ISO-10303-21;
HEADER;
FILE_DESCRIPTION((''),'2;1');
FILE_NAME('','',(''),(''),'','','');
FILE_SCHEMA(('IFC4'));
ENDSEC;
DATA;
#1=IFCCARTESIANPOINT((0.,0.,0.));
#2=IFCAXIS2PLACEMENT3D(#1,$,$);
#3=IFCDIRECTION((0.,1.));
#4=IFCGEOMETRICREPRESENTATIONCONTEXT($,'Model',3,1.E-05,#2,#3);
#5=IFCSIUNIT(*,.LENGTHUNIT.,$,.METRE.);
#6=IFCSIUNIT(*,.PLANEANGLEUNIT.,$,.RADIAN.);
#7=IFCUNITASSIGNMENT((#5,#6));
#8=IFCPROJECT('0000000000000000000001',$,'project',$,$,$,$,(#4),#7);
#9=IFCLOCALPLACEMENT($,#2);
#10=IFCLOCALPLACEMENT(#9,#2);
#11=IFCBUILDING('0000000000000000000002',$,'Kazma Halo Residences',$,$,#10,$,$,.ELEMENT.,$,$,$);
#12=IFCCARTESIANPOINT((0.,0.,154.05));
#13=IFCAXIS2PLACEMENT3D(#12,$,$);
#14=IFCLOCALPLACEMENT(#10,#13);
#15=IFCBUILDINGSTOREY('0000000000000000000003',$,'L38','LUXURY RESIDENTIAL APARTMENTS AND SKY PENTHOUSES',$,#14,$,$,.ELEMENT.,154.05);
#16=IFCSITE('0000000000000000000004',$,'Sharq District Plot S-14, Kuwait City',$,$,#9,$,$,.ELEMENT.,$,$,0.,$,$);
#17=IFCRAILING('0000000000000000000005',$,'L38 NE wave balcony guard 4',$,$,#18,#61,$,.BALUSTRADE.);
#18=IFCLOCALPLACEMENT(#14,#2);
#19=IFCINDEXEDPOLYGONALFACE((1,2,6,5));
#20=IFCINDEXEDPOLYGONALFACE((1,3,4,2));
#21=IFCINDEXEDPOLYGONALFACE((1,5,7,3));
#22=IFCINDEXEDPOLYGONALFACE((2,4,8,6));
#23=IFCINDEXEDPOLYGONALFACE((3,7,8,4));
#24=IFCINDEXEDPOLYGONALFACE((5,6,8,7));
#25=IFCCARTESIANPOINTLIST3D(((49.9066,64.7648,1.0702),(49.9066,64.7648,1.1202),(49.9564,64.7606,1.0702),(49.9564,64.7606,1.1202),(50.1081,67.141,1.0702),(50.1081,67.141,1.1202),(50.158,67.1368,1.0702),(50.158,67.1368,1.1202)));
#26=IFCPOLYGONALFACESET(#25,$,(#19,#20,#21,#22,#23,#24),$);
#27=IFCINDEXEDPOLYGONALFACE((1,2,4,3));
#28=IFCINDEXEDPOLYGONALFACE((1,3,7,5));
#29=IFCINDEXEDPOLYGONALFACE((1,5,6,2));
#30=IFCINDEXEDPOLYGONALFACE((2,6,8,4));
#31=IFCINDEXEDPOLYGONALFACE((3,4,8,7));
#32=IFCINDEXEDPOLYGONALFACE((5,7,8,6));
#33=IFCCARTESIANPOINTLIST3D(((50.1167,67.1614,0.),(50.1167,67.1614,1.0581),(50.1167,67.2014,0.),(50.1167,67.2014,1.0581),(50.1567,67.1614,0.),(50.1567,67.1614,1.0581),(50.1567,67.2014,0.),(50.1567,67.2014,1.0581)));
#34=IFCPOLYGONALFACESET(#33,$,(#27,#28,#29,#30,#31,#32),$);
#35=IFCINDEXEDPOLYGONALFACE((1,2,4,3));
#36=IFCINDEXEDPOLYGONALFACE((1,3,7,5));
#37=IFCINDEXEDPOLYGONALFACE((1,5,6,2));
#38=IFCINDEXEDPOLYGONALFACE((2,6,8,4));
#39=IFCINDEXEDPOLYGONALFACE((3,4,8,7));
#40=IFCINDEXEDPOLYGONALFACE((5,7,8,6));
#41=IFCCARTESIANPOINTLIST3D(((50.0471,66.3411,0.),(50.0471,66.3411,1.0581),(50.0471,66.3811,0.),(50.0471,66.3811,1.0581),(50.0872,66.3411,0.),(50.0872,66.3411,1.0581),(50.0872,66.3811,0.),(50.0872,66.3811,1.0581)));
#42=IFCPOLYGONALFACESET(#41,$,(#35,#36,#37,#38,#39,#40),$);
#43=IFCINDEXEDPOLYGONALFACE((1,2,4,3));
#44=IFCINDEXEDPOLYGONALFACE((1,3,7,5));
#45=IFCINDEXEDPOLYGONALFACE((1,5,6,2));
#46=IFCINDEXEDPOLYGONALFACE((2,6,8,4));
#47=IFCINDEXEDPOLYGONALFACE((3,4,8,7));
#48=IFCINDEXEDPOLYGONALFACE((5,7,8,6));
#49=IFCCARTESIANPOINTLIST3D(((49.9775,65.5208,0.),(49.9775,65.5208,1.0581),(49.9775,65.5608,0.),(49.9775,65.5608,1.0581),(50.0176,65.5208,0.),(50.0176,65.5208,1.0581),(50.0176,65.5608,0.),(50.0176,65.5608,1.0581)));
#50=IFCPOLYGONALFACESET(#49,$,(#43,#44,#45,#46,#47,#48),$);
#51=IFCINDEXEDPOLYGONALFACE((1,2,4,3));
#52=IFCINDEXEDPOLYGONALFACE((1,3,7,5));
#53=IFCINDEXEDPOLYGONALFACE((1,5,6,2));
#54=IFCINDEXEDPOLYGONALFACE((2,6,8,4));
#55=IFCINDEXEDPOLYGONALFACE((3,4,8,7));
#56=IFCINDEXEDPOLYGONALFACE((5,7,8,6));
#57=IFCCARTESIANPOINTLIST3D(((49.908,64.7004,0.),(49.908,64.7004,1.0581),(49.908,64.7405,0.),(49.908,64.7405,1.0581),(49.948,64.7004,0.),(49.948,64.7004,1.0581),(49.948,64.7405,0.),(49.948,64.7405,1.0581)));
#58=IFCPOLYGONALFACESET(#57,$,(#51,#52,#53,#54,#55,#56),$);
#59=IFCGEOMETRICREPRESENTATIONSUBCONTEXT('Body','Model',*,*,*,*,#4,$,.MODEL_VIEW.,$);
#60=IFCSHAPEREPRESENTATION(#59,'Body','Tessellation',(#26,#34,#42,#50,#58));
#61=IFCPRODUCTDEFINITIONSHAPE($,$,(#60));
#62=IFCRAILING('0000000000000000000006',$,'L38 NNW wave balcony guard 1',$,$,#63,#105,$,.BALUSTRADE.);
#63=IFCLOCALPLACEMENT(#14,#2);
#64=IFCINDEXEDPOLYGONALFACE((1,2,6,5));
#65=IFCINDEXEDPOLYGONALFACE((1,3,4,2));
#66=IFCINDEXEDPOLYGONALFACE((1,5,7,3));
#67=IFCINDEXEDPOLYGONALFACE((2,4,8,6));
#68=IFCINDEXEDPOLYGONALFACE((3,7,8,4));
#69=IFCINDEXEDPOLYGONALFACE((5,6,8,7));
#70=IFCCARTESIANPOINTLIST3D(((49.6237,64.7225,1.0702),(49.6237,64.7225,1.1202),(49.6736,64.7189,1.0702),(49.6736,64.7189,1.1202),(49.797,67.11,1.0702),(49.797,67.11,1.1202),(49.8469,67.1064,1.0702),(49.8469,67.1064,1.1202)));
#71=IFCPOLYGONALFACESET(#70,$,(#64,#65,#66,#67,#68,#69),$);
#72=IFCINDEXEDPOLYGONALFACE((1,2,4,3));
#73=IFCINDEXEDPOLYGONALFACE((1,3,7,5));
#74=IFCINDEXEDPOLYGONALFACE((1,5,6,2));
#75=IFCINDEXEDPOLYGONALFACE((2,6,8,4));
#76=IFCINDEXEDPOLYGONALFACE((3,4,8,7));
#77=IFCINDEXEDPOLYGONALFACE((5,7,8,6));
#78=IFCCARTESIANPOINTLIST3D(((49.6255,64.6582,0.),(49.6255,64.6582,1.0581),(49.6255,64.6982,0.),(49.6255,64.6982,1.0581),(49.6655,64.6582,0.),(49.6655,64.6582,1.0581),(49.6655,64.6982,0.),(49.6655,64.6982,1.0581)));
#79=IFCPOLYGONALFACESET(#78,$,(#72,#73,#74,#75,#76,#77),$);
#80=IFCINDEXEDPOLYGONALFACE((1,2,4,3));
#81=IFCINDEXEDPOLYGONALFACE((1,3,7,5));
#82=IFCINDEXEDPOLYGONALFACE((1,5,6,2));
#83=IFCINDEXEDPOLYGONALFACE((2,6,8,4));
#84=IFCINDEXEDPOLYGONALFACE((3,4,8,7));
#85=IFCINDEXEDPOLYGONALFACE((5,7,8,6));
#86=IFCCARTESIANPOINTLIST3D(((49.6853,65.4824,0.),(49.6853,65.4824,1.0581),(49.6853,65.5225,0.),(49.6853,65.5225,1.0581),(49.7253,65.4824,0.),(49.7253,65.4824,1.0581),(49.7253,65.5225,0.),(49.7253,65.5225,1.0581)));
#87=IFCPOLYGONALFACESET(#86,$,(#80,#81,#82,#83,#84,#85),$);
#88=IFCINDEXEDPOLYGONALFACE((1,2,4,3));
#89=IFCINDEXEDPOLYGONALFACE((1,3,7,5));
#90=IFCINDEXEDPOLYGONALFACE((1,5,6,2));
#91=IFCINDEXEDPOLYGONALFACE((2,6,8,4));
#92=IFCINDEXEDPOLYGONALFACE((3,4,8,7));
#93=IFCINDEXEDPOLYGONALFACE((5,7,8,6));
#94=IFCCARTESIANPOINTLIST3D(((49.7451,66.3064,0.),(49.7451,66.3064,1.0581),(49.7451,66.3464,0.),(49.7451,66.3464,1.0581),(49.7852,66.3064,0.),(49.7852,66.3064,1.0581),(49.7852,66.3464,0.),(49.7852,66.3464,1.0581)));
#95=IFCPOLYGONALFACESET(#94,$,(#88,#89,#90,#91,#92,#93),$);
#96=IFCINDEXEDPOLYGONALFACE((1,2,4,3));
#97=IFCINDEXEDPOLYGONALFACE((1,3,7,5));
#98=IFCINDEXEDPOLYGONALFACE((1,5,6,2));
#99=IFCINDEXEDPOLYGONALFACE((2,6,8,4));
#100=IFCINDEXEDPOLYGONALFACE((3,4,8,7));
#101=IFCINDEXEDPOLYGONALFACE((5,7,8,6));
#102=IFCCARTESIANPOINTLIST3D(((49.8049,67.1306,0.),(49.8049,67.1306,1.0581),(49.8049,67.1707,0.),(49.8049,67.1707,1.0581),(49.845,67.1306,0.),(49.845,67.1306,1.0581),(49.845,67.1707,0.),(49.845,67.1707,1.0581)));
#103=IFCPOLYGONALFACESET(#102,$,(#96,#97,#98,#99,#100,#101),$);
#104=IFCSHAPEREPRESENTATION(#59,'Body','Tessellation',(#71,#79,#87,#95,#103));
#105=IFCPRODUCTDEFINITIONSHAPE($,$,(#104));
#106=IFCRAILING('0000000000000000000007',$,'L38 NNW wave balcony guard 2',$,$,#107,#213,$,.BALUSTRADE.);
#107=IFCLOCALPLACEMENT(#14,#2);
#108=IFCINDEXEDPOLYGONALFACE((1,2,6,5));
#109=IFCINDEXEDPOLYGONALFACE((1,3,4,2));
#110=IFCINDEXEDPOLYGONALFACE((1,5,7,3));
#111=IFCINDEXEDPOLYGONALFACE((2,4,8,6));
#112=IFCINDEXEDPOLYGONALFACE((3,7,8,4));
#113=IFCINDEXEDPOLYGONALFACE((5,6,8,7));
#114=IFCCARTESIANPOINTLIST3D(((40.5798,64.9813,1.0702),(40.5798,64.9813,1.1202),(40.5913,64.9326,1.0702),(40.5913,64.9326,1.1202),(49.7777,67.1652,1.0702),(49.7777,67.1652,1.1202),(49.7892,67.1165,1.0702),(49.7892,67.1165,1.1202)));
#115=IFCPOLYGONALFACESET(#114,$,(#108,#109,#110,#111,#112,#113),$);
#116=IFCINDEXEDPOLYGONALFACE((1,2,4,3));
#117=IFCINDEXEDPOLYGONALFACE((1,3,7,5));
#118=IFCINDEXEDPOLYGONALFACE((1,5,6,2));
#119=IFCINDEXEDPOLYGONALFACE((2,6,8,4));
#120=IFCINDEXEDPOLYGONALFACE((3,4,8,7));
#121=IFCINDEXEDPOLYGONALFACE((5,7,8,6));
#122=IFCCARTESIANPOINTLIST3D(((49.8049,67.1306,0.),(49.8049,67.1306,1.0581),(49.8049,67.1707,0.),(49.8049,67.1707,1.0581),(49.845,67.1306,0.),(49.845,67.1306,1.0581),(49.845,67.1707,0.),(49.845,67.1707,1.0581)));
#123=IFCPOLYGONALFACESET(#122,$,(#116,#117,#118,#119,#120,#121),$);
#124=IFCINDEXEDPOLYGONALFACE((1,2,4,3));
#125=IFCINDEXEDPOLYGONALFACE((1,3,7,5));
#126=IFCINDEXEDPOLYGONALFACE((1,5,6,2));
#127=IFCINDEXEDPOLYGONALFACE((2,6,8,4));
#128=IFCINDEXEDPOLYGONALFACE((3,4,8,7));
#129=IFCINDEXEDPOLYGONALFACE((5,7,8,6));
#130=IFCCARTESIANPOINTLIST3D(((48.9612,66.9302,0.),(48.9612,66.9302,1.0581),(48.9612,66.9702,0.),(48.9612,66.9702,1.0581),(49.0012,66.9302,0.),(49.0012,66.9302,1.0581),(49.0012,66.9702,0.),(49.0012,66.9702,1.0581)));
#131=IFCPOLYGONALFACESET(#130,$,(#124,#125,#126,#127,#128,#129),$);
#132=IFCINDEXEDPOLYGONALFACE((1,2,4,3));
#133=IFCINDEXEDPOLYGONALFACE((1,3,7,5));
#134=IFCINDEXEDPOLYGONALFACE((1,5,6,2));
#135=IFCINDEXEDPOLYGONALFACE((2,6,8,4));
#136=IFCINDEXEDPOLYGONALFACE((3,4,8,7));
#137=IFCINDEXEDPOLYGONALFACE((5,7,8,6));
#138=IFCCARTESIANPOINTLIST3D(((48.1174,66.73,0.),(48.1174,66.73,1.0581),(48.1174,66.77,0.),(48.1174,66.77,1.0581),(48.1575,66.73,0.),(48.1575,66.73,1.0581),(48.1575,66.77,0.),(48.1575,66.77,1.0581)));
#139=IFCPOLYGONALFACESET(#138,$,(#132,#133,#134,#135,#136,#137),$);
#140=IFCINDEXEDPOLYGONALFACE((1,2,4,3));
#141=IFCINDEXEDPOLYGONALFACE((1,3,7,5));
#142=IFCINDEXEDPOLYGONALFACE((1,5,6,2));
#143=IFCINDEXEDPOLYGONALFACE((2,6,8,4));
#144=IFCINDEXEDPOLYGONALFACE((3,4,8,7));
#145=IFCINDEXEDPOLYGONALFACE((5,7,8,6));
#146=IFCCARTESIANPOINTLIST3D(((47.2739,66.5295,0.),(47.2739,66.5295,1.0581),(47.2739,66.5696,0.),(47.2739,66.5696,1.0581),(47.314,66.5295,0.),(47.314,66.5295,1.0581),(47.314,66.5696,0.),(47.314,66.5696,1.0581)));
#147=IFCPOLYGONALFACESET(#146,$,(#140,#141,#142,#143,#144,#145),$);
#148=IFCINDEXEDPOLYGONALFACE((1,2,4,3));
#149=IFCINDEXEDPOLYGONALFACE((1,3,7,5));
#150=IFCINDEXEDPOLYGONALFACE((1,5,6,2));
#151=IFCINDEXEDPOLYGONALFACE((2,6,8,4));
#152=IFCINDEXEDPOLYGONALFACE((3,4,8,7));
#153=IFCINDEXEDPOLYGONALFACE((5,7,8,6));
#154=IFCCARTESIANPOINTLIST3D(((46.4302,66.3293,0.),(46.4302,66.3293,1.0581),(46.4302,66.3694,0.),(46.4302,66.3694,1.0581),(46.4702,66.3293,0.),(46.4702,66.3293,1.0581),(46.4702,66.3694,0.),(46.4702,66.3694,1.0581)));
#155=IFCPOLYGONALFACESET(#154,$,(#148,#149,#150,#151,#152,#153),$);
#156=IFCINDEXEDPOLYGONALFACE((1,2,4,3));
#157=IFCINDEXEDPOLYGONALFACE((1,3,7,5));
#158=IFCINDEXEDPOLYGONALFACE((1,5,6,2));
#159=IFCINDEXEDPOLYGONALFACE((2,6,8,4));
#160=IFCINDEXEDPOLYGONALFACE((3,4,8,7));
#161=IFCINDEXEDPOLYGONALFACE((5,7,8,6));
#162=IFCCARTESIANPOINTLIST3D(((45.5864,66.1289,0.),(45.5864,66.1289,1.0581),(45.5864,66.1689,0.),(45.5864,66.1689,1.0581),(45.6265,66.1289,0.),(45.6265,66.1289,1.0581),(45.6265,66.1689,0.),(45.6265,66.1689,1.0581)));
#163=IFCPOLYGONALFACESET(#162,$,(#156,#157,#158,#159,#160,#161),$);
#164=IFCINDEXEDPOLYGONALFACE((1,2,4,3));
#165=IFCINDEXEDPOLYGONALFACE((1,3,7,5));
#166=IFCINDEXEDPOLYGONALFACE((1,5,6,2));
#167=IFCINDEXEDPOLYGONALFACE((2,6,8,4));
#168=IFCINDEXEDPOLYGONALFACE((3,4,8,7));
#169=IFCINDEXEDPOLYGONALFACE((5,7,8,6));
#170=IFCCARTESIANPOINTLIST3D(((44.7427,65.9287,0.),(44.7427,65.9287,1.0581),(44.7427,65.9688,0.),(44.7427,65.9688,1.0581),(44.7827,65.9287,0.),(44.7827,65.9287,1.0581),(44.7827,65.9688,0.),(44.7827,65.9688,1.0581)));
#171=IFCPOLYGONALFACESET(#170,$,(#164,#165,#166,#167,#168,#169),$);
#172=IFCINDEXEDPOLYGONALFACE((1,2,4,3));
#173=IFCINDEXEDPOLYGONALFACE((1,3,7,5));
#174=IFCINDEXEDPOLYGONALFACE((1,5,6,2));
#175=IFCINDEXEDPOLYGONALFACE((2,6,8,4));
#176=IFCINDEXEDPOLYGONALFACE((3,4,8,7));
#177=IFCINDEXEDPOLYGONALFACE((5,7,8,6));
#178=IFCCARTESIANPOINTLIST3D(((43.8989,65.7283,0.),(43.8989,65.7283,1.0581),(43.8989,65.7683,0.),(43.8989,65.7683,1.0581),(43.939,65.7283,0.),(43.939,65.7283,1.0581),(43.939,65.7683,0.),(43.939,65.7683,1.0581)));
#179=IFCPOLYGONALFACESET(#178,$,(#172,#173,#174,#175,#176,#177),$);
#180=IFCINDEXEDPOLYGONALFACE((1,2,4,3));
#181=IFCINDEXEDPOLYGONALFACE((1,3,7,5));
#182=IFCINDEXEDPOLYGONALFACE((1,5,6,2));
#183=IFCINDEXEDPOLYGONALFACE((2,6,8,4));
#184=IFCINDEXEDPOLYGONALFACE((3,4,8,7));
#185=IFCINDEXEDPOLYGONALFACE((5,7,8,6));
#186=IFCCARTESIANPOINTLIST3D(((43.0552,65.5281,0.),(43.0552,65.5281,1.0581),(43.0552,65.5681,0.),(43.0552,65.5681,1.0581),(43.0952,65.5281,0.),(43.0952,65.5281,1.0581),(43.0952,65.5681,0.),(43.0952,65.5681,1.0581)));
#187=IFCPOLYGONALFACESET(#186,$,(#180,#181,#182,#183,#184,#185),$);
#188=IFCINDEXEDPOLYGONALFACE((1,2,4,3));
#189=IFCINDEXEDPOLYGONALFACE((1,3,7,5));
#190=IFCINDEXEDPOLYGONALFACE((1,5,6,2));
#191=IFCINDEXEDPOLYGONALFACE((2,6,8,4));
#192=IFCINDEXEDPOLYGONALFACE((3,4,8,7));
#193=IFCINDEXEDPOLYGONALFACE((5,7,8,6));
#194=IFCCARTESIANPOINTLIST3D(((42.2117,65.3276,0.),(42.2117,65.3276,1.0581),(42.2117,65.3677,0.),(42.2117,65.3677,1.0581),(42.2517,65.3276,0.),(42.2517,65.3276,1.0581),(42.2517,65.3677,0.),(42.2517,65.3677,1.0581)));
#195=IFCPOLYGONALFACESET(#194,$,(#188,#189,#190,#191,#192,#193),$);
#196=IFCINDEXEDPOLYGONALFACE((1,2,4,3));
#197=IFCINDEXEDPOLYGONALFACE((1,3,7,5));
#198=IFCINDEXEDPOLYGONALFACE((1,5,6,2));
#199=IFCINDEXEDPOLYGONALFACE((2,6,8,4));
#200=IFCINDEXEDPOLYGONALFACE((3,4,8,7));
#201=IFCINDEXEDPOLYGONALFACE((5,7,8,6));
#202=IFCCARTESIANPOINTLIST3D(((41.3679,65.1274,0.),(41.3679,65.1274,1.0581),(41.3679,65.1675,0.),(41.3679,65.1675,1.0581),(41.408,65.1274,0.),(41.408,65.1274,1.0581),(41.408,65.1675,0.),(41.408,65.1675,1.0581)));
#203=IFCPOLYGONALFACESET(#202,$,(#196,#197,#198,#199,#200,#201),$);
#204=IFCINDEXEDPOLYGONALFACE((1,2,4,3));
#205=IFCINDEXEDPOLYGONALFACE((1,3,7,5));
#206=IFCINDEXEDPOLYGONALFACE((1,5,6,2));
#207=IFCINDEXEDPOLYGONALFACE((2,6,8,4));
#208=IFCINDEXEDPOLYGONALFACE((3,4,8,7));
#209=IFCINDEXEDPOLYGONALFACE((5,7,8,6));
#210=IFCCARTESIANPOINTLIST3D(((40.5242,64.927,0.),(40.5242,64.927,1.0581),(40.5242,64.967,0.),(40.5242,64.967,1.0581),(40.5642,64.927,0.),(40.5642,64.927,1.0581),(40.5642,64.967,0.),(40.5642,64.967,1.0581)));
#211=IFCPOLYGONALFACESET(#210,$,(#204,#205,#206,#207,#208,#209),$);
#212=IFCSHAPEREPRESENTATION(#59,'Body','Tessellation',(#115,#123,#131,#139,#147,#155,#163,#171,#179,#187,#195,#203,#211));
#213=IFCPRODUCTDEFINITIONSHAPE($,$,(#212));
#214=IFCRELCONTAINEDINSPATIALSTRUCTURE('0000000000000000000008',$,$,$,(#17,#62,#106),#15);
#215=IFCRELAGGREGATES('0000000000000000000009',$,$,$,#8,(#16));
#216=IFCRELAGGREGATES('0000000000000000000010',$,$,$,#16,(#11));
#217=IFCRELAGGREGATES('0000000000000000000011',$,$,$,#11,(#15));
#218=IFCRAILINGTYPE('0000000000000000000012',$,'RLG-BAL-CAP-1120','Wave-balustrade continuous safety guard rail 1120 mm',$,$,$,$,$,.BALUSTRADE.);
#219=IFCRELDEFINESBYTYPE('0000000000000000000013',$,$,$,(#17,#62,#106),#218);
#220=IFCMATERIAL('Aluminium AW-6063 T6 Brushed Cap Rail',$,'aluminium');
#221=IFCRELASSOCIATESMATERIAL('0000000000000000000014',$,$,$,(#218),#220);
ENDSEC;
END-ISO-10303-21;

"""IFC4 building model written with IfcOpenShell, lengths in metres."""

from ifc_helpers import new_model, si_unit, direction, frame, origin, origin_2d, place, context, subcontext, project, spatial, rectangle, extrude, material, type_object, element, save


model = new_model("IFC4")

# Units and contexts
model_context = context("Model", 3, precision=1e-05, world=origin(), true_north=direction((0.0, 1.0)))
body_context = subcontext(model_context, "Body", "Model", "MODEL_VIEW")
ifc_project = project(units=[si_unit("LENGTHUNIT", "METRE"), si_unit("PLANEANGLEUNIT", "RADIAN")], contexts=[model_context])

# Site, building, storey
site_placement = place(None, origin())
site = spatial("IfcSite", under=ifc_project, at=site_placement, Name="Sharq District Plot S-14, Kuwait City", CompositionType="ELEMENT", RefElevation=0.0)
building_placement = place(site_placement, origin())
building = spatial("IfcBuilding", under=site, at=building_placement, Name="Kazma Halo Residences", CompositionType="ELEMENT")
storey_placement = place(building_placement, frame((0.0, 0.0, 154.05)))
storey = spatial("IfcBuildingStorey", under=building, at=storey_placement, Name="L38", Description="LUXURY RESIDENTIAL APARTMENTS AND SKY PENTHOUSES", CompositionType="ELEMENT", Elevation=154.05)

# Railings
ifc_material_1 = material(Name="Aluminium AW-6063 T6 Brushed Cap Rail", Category="aluminium")
railing_type = type_object("IfcRailingType", Name="RLG-BAL-CAP-1120", Description="Wave-balustrade continuous safety guard rail 1120 mm", PredefinedType="BALUSTRADE", material=ifc_material_1)
railing_1_placement = place(storey_placement, frame((50.1367, 67.1814, 0.0)))
element("IfcRailing", 1, at=railing_1_placement, inside=storey, type_object=railing_type, Name="L38 NE wave balcony guard 4", PredefinedType="BALUSTRADE", context=body_context, shape_type="SweptSolid", body=[
    extrude(rectangle(XDim=0.05, YDim=0.05, at=origin_2d()), frame((-0.0037, -0.0425, 1.0952), z_axis=(-0.084518, -0.996422, 0.0), x_axis=(0.996422, -0.084518, 0.0)), (0.0, 0.0, 1.0), 2.3848),
    extrude(rectangle(XDim=0.04, YDim=0.04, at=origin_2d()), origin(), (0.0, 0.0, 1.0), 1.0581),
    extrude(rectangle(XDim=0.04, YDim=0.04, at=origin_2d()), frame((-0.0696, -0.8203, 0.0)), (0.0, 0.0, 1.0), 1.0581),
    extrude(rectangle(XDim=0.04, YDim=0.04, at=origin_2d()), frame((-0.1392, -1.6406, 0.0)), (0.0, 0.0, 1.0), 1.0581),
    extrude(rectangle(XDim=0.04, YDim=0.04, at=origin_2d()), frame((-0.2087, -2.4609, 0.0)), (0.0, 0.0, 1.0), 1.0581),
])
railing_2_placement = place(storey_placement, frame((49.6455, 64.6782, 0.0)))
element("IfcRailing", 2, at=railing_2_placement, inside=storey, type_object=railing_type, Name="L38 NNW wave balcony guard 1", PredefinedType="BALUSTRADE", context=body_context, shape_type="SweptSolid", body=[
    extrude(rectangle(XDim=0.05, YDim=0.05, at=origin_2d()), frame((0.0032, 0.0425, 1.0952), z_axis=(0.072388, 0.997377, 0.0), x_axis=(-0.997377, 0.072388, 0.0)), (0.0, 0.0, 1.0), 2.3938),
    extrude(rectangle(XDim=0.04, YDim=0.04, at=origin_2d()), origin(), (0.0, 0.0, 1.0), 1.0581),
    extrude(rectangle(XDim=0.04, YDim=0.04, at=origin_2d()), frame((0.0598, 0.8242, 0.0)), (0.0, 0.0, 1.0), 1.0581),
    extrude(rectangle(XDim=0.04, YDim=0.04, at=origin_2d()), frame((0.1196, 1.6482, 0.0)), (0.0, 0.0, 1.0), 1.0581),
    extrude(rectangle(XDim=0.04, YDim=0.04, at=origin_2d()), frame((0.1794, 2.4724, 0.0)), (0.0, 0.0, 1.0), 1.0581),
])
railing_3_placement = place(storey_placement, frame((49.825, 67.1506, 0.0)))
element("IfcRailing", 3, at=railing_3_placement, inside=storey, type_object=railing_type, Name="L38 NNW wave balcony guard 2", PredefinedType="BALUSTRADE", context=body_context, shape_type="SweptSolid", body=[
    extrude(rectangle(XDim=0.05, YDim=0.05, at=origin_2d()), frame((-0.0415, -0.0098, 1.0952), z_axis=(-0.97295, -0.231016, 0.0), x_axis=(0.231016, -0.97295, 0.0)), (0.0, 0.0, 1.0), 9.4536),
    extrude(rectangle(XDim=0.04, YDim=0.04, at=origin_2d()), origin(), (0.0, 0.0, 1.0), 1.0581),
    extrude(rectangle(XDim=0.04, YDim=0.04, at=origin_2d()), frame((-0.8438, -0.2004, 0.0)), (0.0, 0.0, 1.0), 1.0581),
    extrude(rectangle(XDim=0.04, YDim=0.04, at=origin_2d()), frame((-1.6875, -0.4006, 0.0)), (0.0, 0.0, 1.0), 1.0581),
    extrude(rectangle(XDim=0.04, YDim=0.04, at=origin_2d()), frame((-2.531, -0.6011, 0.0)), (0.0, 0.0, 1.0), 1.0581),
    extrude(rectangle(XDim=0.04, YDim=0.04, at=origin_2d()), frame((-3.3748, -0.8013, 0.0)), (0.0, 0.0, 1.0), 1.0581),
    extrude(rectangle(XDim=0.04, YDim=0.04, at=origin_2d()), frame((-4.2185, -1.0017, 0.0)), (0.0, 0.0, 1.0), 1.0581),
    extrude(rectangle(XDim=0.04, YDim=0.04, at=origin_2d()), frame((-5.0623, -1.2019, 0.0)), (0.0, 0.0, 1.0), 1.0581),
    extrude(rectangle(XDim=0.04, YDim=0.04, at=origin_2d()), frame((-5.906, -1.4023, 0.0)), (0.0, 0.0, 1.0), 1.0581),
    extrude(rectangle(XDim=0.04, YDim=0.04, at=origin_2d()), frame((-6.7498, -1.6025, 0.0)), (0.0, 0.0, 1.0), 1.0581),
    extrude(rectangle(XDim=0.04, YDim=0.04, at=origin_2d()), frame((-7.5933, -1.803, 0.0)), (0.0, 0.0, 1.0), 1.0581),
    extrude(rectangle(XDim=0.04, YDim=0.04, at=origin_2d()), frame((-8.437, -2.0032, 0.0)), (0.0, 0.0, 1.0), 1.0581),
    extrude(rectangle(XDim=0.04, YDim=0.04, at=origin_2d()), frame((-9.2808, -2.2036, 0.0)), (0.0, 0.0, 1.0), 1.0581),
])

save(model, "model.ifc")
